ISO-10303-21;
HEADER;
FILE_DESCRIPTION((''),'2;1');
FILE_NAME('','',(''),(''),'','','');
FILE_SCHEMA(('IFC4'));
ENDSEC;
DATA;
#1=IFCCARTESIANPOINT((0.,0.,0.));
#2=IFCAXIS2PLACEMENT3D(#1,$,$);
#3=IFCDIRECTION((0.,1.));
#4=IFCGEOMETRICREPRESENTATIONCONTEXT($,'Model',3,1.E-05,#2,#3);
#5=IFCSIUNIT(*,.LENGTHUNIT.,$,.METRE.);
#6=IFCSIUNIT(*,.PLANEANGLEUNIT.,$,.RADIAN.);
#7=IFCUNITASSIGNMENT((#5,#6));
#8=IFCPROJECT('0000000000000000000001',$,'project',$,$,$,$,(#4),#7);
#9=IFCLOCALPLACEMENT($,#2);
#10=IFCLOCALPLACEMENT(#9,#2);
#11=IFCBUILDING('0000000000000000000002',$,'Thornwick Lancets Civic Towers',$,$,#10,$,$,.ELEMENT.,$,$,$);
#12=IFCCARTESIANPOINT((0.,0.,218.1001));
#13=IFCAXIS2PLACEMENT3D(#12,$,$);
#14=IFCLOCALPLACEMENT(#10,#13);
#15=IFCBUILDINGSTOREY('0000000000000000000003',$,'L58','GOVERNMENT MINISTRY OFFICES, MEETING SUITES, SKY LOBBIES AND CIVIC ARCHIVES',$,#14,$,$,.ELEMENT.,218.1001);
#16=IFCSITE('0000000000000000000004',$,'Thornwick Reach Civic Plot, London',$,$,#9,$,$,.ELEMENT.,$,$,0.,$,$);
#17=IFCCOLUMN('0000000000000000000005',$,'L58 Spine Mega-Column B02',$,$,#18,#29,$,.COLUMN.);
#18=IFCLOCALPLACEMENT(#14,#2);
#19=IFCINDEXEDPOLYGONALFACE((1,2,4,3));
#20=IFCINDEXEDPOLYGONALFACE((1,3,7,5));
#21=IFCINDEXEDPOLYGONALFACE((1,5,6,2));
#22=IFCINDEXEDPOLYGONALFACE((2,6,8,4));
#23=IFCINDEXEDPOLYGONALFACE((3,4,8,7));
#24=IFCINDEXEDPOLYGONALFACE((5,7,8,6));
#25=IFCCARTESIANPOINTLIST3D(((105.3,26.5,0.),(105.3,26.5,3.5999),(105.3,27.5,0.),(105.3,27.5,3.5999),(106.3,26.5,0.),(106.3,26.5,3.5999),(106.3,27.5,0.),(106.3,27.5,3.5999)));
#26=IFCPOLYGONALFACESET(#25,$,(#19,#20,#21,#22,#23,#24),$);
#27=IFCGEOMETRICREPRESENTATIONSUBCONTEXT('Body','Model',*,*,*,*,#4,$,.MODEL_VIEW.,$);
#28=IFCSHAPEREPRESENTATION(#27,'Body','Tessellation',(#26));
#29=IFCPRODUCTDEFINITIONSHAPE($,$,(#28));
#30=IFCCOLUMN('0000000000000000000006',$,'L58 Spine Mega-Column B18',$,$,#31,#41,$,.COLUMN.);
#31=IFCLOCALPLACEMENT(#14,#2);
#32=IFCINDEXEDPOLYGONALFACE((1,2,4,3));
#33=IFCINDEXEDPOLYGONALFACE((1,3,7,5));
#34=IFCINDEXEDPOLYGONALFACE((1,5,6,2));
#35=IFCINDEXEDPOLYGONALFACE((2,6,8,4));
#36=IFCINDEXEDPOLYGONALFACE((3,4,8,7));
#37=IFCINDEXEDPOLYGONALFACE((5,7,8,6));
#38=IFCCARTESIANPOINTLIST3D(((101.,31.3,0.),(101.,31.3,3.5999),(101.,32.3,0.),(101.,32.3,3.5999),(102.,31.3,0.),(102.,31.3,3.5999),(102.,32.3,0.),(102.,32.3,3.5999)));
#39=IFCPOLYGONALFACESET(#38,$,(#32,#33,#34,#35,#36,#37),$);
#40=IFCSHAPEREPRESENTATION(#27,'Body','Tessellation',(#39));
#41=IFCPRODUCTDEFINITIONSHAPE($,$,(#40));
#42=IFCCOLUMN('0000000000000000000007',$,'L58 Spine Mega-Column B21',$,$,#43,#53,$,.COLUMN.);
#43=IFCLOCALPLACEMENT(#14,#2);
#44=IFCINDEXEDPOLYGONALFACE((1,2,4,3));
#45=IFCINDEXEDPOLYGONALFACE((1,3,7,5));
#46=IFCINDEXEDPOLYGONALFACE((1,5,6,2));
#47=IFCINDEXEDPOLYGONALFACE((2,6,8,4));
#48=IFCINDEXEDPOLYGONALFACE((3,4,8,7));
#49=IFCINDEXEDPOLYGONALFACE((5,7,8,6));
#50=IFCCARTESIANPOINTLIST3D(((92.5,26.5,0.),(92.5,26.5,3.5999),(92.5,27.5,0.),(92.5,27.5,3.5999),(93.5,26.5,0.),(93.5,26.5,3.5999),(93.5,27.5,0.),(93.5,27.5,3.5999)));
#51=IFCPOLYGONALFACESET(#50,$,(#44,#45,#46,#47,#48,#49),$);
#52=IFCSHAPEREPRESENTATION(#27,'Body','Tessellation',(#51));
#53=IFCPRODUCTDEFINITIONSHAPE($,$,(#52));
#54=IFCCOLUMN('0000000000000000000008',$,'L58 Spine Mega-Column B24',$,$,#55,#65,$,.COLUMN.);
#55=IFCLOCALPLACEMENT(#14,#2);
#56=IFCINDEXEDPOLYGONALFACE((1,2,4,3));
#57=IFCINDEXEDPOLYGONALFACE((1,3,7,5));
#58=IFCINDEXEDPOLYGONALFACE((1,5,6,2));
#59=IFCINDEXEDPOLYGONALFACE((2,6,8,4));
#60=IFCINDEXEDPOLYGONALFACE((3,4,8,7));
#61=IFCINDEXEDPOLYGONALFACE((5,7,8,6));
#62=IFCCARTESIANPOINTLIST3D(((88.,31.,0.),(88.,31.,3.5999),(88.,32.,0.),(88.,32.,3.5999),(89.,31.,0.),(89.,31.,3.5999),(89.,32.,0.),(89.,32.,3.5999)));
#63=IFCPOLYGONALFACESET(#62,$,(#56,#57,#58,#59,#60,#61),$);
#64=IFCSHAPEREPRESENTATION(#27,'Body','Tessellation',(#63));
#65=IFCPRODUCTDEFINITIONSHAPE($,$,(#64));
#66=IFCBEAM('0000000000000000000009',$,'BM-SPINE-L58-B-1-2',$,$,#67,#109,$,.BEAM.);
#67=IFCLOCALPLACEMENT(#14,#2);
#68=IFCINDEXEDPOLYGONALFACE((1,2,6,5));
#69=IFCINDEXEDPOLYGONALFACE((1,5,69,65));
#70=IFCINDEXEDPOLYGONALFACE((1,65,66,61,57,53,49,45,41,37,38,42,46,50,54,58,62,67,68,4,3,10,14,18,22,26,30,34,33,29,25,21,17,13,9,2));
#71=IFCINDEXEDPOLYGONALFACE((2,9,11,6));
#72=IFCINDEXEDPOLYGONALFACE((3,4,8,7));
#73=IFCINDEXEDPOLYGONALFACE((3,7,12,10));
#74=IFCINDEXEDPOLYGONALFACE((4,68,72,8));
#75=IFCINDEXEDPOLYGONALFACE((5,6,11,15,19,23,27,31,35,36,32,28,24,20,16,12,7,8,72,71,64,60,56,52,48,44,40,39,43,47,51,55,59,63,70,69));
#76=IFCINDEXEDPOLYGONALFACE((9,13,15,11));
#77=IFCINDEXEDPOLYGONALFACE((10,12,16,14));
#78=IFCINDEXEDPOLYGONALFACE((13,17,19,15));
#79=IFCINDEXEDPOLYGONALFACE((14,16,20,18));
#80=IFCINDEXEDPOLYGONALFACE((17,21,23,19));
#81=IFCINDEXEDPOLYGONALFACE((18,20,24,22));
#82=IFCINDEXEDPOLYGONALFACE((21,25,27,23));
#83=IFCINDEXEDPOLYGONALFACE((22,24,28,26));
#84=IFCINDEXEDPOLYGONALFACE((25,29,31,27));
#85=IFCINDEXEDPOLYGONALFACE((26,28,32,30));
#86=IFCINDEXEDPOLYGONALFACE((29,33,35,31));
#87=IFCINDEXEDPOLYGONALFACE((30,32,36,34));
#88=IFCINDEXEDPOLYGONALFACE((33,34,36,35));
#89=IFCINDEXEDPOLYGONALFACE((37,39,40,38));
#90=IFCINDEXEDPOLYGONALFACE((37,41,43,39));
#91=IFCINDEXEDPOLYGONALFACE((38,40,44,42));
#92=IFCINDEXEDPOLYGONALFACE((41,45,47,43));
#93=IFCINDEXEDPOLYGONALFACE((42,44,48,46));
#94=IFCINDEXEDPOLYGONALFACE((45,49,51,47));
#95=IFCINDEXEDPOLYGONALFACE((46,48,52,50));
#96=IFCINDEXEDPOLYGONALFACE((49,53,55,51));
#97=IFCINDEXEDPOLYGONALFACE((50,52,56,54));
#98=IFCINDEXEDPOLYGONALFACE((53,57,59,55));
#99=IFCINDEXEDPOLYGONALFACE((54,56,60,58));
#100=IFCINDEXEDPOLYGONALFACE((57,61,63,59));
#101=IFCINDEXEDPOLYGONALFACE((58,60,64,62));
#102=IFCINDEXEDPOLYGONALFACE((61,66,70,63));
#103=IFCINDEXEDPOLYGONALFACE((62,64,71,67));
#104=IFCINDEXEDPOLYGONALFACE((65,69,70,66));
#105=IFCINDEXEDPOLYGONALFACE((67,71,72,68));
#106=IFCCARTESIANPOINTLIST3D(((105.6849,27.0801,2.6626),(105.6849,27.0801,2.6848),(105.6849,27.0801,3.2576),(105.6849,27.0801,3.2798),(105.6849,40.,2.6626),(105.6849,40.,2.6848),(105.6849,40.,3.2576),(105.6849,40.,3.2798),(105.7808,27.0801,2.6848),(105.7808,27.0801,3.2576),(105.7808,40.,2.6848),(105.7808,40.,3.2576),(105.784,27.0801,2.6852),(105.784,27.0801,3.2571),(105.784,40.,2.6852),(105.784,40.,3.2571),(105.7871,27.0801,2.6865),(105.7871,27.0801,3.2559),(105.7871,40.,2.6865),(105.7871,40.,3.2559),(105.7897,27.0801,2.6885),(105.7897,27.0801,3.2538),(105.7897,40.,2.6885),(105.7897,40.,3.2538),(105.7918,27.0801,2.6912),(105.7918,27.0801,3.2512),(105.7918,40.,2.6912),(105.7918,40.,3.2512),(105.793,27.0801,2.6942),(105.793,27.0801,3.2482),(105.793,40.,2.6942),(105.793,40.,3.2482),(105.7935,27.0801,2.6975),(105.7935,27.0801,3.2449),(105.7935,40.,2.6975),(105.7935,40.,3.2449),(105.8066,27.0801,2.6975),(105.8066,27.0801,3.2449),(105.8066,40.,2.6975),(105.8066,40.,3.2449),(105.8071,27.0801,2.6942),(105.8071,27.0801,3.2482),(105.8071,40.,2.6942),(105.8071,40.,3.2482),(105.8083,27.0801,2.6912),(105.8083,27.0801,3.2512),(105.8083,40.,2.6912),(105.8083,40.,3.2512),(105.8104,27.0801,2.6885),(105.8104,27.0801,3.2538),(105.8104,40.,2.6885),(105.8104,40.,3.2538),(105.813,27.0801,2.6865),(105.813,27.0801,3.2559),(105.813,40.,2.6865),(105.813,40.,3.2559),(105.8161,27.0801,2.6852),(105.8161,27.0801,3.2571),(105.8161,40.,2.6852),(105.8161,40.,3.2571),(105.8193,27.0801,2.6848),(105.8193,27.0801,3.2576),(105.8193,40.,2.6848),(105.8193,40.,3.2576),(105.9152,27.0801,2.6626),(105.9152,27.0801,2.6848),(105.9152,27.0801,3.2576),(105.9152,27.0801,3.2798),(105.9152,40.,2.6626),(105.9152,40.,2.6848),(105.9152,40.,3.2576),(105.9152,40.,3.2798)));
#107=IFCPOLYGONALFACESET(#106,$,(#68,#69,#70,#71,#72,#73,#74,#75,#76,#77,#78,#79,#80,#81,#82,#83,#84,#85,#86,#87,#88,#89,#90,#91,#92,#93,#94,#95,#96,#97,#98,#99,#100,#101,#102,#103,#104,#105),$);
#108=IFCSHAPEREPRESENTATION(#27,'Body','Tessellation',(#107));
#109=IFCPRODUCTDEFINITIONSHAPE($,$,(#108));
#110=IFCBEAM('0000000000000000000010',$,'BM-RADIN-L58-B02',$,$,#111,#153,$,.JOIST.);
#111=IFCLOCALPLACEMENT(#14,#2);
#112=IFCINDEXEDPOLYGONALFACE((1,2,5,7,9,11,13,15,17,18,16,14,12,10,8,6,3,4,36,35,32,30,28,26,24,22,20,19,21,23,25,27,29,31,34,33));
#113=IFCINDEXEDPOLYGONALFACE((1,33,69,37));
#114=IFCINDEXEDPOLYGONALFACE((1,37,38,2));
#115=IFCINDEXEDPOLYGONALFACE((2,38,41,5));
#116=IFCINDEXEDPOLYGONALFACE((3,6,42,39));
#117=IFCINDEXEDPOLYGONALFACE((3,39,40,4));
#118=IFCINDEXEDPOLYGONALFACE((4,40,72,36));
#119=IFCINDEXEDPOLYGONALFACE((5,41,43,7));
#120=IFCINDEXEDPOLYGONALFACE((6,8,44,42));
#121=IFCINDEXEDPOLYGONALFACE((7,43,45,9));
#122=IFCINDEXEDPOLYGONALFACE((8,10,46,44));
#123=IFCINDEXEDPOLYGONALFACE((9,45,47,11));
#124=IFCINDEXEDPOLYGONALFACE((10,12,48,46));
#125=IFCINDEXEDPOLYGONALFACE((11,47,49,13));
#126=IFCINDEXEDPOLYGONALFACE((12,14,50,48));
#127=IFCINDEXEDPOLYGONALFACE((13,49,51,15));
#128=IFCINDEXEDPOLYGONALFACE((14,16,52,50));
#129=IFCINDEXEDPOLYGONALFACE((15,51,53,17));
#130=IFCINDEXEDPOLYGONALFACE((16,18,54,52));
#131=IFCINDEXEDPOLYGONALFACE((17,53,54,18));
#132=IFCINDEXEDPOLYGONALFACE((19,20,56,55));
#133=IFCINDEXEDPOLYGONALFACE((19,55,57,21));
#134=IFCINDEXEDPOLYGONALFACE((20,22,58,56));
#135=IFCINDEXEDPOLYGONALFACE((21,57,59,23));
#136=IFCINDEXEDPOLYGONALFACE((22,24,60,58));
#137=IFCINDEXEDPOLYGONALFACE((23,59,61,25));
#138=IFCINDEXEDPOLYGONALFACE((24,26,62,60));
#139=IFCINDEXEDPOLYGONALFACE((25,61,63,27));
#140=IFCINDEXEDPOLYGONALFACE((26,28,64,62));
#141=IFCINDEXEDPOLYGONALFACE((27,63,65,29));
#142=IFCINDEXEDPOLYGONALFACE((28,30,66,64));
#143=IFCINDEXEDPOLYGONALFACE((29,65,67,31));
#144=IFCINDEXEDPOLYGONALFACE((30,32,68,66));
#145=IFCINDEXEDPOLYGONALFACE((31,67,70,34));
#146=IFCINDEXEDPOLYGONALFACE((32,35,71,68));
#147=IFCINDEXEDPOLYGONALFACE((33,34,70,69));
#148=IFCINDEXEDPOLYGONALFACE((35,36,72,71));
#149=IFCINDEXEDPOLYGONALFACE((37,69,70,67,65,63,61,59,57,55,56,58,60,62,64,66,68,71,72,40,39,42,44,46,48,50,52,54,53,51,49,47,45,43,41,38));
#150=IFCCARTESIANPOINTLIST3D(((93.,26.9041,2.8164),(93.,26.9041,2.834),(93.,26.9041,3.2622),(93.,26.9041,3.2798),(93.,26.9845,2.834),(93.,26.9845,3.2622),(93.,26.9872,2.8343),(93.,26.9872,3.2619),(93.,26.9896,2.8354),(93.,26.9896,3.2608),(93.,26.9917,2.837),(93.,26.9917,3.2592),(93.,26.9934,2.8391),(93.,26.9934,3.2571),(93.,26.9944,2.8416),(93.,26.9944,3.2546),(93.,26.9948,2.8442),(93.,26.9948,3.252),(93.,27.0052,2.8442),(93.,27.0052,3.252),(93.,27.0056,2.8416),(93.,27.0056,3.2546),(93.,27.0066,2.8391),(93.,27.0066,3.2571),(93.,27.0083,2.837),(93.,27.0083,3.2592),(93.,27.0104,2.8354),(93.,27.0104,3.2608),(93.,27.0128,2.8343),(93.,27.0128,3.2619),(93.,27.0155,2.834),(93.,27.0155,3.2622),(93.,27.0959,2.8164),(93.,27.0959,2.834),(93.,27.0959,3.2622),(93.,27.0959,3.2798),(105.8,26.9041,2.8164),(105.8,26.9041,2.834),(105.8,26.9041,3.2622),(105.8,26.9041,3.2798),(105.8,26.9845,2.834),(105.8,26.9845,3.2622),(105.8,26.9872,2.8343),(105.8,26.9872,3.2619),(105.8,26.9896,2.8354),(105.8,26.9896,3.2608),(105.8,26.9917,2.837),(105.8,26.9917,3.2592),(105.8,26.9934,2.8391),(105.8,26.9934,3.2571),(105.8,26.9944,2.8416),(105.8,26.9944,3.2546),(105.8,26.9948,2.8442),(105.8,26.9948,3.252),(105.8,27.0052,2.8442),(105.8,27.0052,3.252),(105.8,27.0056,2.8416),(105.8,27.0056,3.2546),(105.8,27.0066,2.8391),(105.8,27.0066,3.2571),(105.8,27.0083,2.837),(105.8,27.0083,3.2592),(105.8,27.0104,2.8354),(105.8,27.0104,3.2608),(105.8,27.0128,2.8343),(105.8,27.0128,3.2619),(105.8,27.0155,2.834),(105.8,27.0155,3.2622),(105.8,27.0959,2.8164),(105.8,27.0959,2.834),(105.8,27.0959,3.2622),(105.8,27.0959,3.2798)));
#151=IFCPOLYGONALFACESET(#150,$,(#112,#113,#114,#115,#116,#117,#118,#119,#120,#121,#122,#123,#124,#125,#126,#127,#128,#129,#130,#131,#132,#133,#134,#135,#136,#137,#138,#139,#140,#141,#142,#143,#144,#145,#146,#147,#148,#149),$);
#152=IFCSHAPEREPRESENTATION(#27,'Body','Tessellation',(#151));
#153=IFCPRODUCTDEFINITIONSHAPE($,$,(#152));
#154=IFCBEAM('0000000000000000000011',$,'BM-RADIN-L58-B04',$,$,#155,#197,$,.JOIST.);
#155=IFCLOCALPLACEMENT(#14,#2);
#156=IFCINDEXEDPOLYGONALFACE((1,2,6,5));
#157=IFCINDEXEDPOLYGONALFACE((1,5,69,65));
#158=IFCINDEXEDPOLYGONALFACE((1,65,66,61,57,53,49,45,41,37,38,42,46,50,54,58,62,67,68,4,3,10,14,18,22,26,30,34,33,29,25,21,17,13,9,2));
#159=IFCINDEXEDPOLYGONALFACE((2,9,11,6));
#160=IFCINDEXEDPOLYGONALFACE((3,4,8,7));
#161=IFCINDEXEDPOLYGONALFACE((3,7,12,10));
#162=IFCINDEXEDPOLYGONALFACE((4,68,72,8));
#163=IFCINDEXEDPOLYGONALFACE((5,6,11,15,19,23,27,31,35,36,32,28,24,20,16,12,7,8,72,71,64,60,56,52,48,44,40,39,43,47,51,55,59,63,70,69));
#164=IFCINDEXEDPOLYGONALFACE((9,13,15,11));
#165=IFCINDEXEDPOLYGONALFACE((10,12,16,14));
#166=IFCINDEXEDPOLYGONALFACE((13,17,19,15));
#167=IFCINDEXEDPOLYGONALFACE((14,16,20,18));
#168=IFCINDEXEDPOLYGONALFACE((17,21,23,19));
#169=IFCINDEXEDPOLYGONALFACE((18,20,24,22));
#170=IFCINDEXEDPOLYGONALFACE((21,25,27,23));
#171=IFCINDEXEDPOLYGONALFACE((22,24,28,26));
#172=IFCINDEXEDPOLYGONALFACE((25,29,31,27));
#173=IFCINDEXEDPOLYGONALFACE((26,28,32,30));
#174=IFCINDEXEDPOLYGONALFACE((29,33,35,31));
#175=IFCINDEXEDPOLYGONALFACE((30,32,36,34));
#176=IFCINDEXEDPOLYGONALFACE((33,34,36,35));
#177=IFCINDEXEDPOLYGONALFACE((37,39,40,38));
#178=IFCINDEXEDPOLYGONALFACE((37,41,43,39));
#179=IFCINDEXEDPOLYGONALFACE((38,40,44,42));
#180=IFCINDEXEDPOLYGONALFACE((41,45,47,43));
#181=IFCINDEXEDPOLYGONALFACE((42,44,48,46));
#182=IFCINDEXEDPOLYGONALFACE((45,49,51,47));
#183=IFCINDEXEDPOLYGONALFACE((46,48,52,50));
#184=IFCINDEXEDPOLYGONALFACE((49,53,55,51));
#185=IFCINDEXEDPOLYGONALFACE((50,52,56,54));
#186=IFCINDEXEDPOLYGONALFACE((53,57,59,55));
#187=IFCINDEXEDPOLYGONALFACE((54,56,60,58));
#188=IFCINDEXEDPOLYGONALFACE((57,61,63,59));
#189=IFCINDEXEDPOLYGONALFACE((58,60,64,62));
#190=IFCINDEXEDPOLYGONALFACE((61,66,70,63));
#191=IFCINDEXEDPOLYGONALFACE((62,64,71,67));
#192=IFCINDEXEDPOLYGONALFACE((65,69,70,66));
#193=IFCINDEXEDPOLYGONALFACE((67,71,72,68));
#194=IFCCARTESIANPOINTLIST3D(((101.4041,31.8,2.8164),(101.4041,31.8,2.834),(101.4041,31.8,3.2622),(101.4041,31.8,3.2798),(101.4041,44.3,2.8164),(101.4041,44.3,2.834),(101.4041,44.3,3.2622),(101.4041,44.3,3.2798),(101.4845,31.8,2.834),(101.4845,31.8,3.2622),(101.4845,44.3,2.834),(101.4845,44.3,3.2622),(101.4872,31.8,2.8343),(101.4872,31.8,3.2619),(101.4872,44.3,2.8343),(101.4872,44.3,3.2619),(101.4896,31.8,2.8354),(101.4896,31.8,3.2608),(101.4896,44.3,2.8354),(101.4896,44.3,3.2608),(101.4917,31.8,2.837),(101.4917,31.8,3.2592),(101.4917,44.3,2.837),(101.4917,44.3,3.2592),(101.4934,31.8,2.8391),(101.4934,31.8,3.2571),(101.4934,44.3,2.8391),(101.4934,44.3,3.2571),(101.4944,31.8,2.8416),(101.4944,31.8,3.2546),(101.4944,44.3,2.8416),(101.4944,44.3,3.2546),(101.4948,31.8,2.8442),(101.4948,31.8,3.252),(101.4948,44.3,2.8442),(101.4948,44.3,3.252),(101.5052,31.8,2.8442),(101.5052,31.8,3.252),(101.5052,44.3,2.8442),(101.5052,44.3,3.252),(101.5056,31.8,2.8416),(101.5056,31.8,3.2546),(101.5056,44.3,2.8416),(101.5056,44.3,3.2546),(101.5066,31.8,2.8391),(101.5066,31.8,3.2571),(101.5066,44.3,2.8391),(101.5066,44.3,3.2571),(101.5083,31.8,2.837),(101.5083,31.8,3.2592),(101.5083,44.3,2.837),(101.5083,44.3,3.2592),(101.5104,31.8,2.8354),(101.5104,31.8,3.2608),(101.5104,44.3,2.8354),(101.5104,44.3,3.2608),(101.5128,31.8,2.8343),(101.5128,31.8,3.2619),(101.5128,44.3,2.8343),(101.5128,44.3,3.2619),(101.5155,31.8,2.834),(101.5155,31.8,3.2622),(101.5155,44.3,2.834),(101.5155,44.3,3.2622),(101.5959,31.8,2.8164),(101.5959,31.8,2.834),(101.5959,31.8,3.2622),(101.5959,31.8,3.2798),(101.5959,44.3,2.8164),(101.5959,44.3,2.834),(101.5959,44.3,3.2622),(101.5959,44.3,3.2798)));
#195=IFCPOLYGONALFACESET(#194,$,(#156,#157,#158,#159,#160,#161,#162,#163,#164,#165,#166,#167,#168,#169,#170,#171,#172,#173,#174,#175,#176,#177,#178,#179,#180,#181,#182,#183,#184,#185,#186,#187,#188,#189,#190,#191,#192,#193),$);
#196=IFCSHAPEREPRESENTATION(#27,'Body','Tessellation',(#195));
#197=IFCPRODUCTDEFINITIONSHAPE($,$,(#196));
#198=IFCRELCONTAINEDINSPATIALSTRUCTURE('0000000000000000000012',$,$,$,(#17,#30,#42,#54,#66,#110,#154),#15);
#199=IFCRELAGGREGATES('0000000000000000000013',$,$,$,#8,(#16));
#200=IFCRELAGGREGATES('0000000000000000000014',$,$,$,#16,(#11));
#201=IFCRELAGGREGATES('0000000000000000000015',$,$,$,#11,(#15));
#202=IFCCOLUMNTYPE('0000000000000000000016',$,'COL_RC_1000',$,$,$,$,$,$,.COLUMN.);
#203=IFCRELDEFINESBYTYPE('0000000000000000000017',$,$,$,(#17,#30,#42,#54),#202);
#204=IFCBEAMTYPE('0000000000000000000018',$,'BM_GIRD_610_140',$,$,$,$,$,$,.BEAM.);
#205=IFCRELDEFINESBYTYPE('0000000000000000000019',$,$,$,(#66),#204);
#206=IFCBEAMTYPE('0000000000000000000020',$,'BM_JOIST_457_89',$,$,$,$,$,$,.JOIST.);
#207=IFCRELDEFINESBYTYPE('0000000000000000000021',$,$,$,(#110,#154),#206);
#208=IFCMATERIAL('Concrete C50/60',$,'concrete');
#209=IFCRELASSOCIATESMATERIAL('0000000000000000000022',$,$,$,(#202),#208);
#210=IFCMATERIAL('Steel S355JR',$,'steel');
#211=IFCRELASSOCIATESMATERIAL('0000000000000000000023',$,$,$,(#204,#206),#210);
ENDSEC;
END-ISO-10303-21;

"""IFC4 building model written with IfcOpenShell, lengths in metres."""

from ifc_helpers import new_model, si_unit, direction, frame, origin, origin_2d, place, context, subcontext, project, spatial, rectangle, i_section, extrude, material, material_profile, profile_set, type_object, element, save


model = new_model("IFC4")

# Units and contexts
model_context = context("Model", 3, precision=1e-05, world=origin(), true_north=direction((0.0, 1.0)))
body_context = subcontext(model_context, "Body", "Model", "MODEL_VIEW")
ifc_project = project(units=[si_unit("LENGTHUNIT", "METRE"), si_unit("PLANEANGLEUNIT", "RADIAN")], contexts=[model_context])

# Site, building, storey
site_placement = place(None, origin())
site = spatial("IfcSite", under=ifc_project, at=site_placement, Name="Thornwick Reach Civic Plot, London", CompositionType="ELEMENT", RefElevation=0.0)
building_placement = place(site_placement, origin())
building = spatial("IfcBuilding", under=site, at=building_placement, Name="Thornwick Lancets Civic Towers", CompositionType="ELEMENT")
storey_placement = place(building_placement, frame((0.0, 0.0, 218.1001)))
storey = spatial("IfcBuildingStorey", under=building, at=storey_placement, Name="L58", Description="GOVERNMENT MINISTRY OFFICES, MEETING SUITES, SKY LOBBIES AND CIVIC ARCHIVES", CompositionType="ELEMENT", Elevation=218.1001)

# Columns
ifc_material_1 = material(Name="Concrete C50/60", Category="concrete")
ifc_material_profile_1 = material_profile(ifc_material_1, rectangle(XDim=1.0, YDim=1.0, at=origin_2d()), Name="RC 1000x1000")
ifc_profile_set_1 = profile_set([ifc_material_profile_1], Name="Concrete C50/60")
column_type = type_object("IfcColumnType", Name="COL_RC_1000", PredefinedType="COLUMN", material=ifc_profile_set_1)
for number, where, z_axis, x_axis, name in (
    (1, (105.8, 27.0, 0.0), (0.0, 0.0, 1.0), (1.0, 0.0, 0.0), "L58 Spine Mega-Column B02"),
    (2, (101.5, 31.8, 0.0), (0.0, 0.0, 1.0), (1.0, 0.0, 0.0), "L58 Spine Mega-Column B18"),
    (3, (93.0, 27.0, 0.0), (0.0, 0.0, 1.0), (1.0, 0.0, 0.0), "L58 Spine Mega-Column B21"),
    (4, (88.5, 31.5, 0.0), (0.0, 0.0, 1.0), (1.0, 0.0, 0.0), "L58 Spine Mega-Column B24"),
):
    element("IfcColumn", number, at=place(storey_placement, frame(where, z_axis=z_axis, x_axis=x_axis)), inside=storey, type_object=column_type, Name=name, PredefinedType="COLUMN", context=body_context, shape_type="SweptSolid", body=[
        extrude(rectangle(XDim=1.0, YDim=1.0, at=origin_2d()), origin(), (0.0, 0.0, 1.0), 3.5999),
    ])

# Beams
ifc_material_2 = material(Name="Steel S355JR", Category="steel")
ifc_material_profile_2 = material_profile(ifc_material_2, i_section(OverallWidth=0.2302, OverallDepth=0.6172, WebThickness=0.0132, FlangeThickness=0.0222, FilletRadius=0.0127, at=origin_2d()), Name="UKB 610x229x140")
ifc_profile_set_2 = profile_set([ifc_material_profile_2], Name="Steel S355JR")
beam_type_1 = type_object("IfcBeamType", Name="BM_GIRD_610_140", PredefinedType="BEAM", material=ifc_profile_set_2)
beam_1_placement = place(storey_placement, frame((105.8, 27.0801, 2.9712), z_axis=(0.0, 1.0, 0.0), x_axis=(-1.0, 0.0, 0.0)))
element("IfcBeam", 5, at=beam_1_placement, inside=storey, type_object=beam_type_1, Name="BM-SPINE-L58-B-1-2", PredefinedType="BEAM", context=body_context, shape_type="SweptSolid", body=[
    extrude(i_section(OverallWidth=0.2302, OverallDepth=0.6172, WebThickness=0.0132, FlangeThickness=0.0222, FilletRadius=0.0127, at=origin_2d()), origin(), (0.0, 0.0, 1.0), 12.9199),
])
ifc_material_profile_3 = material_profile(ifc_material_2, i_section(OverallWidth=0.1919, OverallDepth=0.4634, WebThickness=0.0105, FlangeThickness=0.0176, FilletRadius=0.0103, at=origin_2d()), Name="UKB 457x191x89")
ifc_profile_set_3 = profile_set([ifc_material_profile_3], Name="Steel S355JR")
beam_type_2 = type_object("IfcBeamType", Name="BM_JOIST_457_89", PredefinedType="JOIST", material=ifc_profile_set_3)
beam_2_placement = place(storey_placement, frame((93.0, 27.0, 3.0481), z_axis=(1.0, 0.0, 0.0), x_axis=(0.0, 1.0, 0.0)))
element("IfcBeam", 6, at=beam_2_placement, inside=storey, type_object=beam_type_2, Name="BM-RADIN-L58-B02", PredefinedType="JOIST", context=body_context, shape_type="SweptSolid", body=[
    extrude(i_section(OverallWidth=0.1919, OverallDepth=0.4634, WebThickness=0.0105, FlangeThickness=0.0176, FilletRadius=0.0103, at=origin_2d()), origin(), (0.0, 0.0, 1.0), 12.8),
])
beam_3_placement = place(storey_placement, frame((101.5, 31.8, 3.0481), z_axis=(0.0, 1.0, 0.0), x_axis=(-1.0, 0.0, 0.0)))
element("IfcBeam", 7, at=beam_3_placement, inside=storey, type_object=beam_type_2, Name="BM-RADIN-L58-B04", PredefinedType="JOIST", context=body_context, shape_type="SweptSolid", body=[
    extrude(i_section(OverallWidth=0.1919, OverallDepth=0.4634, WebThickness=0.0105, FlangeThickness=0.0176, FilletRadius=0.0103, at=origin_2d()), origin(), (0.0, 0.0, 1.0), 12.5),
])

save(model, "model.ifc")
